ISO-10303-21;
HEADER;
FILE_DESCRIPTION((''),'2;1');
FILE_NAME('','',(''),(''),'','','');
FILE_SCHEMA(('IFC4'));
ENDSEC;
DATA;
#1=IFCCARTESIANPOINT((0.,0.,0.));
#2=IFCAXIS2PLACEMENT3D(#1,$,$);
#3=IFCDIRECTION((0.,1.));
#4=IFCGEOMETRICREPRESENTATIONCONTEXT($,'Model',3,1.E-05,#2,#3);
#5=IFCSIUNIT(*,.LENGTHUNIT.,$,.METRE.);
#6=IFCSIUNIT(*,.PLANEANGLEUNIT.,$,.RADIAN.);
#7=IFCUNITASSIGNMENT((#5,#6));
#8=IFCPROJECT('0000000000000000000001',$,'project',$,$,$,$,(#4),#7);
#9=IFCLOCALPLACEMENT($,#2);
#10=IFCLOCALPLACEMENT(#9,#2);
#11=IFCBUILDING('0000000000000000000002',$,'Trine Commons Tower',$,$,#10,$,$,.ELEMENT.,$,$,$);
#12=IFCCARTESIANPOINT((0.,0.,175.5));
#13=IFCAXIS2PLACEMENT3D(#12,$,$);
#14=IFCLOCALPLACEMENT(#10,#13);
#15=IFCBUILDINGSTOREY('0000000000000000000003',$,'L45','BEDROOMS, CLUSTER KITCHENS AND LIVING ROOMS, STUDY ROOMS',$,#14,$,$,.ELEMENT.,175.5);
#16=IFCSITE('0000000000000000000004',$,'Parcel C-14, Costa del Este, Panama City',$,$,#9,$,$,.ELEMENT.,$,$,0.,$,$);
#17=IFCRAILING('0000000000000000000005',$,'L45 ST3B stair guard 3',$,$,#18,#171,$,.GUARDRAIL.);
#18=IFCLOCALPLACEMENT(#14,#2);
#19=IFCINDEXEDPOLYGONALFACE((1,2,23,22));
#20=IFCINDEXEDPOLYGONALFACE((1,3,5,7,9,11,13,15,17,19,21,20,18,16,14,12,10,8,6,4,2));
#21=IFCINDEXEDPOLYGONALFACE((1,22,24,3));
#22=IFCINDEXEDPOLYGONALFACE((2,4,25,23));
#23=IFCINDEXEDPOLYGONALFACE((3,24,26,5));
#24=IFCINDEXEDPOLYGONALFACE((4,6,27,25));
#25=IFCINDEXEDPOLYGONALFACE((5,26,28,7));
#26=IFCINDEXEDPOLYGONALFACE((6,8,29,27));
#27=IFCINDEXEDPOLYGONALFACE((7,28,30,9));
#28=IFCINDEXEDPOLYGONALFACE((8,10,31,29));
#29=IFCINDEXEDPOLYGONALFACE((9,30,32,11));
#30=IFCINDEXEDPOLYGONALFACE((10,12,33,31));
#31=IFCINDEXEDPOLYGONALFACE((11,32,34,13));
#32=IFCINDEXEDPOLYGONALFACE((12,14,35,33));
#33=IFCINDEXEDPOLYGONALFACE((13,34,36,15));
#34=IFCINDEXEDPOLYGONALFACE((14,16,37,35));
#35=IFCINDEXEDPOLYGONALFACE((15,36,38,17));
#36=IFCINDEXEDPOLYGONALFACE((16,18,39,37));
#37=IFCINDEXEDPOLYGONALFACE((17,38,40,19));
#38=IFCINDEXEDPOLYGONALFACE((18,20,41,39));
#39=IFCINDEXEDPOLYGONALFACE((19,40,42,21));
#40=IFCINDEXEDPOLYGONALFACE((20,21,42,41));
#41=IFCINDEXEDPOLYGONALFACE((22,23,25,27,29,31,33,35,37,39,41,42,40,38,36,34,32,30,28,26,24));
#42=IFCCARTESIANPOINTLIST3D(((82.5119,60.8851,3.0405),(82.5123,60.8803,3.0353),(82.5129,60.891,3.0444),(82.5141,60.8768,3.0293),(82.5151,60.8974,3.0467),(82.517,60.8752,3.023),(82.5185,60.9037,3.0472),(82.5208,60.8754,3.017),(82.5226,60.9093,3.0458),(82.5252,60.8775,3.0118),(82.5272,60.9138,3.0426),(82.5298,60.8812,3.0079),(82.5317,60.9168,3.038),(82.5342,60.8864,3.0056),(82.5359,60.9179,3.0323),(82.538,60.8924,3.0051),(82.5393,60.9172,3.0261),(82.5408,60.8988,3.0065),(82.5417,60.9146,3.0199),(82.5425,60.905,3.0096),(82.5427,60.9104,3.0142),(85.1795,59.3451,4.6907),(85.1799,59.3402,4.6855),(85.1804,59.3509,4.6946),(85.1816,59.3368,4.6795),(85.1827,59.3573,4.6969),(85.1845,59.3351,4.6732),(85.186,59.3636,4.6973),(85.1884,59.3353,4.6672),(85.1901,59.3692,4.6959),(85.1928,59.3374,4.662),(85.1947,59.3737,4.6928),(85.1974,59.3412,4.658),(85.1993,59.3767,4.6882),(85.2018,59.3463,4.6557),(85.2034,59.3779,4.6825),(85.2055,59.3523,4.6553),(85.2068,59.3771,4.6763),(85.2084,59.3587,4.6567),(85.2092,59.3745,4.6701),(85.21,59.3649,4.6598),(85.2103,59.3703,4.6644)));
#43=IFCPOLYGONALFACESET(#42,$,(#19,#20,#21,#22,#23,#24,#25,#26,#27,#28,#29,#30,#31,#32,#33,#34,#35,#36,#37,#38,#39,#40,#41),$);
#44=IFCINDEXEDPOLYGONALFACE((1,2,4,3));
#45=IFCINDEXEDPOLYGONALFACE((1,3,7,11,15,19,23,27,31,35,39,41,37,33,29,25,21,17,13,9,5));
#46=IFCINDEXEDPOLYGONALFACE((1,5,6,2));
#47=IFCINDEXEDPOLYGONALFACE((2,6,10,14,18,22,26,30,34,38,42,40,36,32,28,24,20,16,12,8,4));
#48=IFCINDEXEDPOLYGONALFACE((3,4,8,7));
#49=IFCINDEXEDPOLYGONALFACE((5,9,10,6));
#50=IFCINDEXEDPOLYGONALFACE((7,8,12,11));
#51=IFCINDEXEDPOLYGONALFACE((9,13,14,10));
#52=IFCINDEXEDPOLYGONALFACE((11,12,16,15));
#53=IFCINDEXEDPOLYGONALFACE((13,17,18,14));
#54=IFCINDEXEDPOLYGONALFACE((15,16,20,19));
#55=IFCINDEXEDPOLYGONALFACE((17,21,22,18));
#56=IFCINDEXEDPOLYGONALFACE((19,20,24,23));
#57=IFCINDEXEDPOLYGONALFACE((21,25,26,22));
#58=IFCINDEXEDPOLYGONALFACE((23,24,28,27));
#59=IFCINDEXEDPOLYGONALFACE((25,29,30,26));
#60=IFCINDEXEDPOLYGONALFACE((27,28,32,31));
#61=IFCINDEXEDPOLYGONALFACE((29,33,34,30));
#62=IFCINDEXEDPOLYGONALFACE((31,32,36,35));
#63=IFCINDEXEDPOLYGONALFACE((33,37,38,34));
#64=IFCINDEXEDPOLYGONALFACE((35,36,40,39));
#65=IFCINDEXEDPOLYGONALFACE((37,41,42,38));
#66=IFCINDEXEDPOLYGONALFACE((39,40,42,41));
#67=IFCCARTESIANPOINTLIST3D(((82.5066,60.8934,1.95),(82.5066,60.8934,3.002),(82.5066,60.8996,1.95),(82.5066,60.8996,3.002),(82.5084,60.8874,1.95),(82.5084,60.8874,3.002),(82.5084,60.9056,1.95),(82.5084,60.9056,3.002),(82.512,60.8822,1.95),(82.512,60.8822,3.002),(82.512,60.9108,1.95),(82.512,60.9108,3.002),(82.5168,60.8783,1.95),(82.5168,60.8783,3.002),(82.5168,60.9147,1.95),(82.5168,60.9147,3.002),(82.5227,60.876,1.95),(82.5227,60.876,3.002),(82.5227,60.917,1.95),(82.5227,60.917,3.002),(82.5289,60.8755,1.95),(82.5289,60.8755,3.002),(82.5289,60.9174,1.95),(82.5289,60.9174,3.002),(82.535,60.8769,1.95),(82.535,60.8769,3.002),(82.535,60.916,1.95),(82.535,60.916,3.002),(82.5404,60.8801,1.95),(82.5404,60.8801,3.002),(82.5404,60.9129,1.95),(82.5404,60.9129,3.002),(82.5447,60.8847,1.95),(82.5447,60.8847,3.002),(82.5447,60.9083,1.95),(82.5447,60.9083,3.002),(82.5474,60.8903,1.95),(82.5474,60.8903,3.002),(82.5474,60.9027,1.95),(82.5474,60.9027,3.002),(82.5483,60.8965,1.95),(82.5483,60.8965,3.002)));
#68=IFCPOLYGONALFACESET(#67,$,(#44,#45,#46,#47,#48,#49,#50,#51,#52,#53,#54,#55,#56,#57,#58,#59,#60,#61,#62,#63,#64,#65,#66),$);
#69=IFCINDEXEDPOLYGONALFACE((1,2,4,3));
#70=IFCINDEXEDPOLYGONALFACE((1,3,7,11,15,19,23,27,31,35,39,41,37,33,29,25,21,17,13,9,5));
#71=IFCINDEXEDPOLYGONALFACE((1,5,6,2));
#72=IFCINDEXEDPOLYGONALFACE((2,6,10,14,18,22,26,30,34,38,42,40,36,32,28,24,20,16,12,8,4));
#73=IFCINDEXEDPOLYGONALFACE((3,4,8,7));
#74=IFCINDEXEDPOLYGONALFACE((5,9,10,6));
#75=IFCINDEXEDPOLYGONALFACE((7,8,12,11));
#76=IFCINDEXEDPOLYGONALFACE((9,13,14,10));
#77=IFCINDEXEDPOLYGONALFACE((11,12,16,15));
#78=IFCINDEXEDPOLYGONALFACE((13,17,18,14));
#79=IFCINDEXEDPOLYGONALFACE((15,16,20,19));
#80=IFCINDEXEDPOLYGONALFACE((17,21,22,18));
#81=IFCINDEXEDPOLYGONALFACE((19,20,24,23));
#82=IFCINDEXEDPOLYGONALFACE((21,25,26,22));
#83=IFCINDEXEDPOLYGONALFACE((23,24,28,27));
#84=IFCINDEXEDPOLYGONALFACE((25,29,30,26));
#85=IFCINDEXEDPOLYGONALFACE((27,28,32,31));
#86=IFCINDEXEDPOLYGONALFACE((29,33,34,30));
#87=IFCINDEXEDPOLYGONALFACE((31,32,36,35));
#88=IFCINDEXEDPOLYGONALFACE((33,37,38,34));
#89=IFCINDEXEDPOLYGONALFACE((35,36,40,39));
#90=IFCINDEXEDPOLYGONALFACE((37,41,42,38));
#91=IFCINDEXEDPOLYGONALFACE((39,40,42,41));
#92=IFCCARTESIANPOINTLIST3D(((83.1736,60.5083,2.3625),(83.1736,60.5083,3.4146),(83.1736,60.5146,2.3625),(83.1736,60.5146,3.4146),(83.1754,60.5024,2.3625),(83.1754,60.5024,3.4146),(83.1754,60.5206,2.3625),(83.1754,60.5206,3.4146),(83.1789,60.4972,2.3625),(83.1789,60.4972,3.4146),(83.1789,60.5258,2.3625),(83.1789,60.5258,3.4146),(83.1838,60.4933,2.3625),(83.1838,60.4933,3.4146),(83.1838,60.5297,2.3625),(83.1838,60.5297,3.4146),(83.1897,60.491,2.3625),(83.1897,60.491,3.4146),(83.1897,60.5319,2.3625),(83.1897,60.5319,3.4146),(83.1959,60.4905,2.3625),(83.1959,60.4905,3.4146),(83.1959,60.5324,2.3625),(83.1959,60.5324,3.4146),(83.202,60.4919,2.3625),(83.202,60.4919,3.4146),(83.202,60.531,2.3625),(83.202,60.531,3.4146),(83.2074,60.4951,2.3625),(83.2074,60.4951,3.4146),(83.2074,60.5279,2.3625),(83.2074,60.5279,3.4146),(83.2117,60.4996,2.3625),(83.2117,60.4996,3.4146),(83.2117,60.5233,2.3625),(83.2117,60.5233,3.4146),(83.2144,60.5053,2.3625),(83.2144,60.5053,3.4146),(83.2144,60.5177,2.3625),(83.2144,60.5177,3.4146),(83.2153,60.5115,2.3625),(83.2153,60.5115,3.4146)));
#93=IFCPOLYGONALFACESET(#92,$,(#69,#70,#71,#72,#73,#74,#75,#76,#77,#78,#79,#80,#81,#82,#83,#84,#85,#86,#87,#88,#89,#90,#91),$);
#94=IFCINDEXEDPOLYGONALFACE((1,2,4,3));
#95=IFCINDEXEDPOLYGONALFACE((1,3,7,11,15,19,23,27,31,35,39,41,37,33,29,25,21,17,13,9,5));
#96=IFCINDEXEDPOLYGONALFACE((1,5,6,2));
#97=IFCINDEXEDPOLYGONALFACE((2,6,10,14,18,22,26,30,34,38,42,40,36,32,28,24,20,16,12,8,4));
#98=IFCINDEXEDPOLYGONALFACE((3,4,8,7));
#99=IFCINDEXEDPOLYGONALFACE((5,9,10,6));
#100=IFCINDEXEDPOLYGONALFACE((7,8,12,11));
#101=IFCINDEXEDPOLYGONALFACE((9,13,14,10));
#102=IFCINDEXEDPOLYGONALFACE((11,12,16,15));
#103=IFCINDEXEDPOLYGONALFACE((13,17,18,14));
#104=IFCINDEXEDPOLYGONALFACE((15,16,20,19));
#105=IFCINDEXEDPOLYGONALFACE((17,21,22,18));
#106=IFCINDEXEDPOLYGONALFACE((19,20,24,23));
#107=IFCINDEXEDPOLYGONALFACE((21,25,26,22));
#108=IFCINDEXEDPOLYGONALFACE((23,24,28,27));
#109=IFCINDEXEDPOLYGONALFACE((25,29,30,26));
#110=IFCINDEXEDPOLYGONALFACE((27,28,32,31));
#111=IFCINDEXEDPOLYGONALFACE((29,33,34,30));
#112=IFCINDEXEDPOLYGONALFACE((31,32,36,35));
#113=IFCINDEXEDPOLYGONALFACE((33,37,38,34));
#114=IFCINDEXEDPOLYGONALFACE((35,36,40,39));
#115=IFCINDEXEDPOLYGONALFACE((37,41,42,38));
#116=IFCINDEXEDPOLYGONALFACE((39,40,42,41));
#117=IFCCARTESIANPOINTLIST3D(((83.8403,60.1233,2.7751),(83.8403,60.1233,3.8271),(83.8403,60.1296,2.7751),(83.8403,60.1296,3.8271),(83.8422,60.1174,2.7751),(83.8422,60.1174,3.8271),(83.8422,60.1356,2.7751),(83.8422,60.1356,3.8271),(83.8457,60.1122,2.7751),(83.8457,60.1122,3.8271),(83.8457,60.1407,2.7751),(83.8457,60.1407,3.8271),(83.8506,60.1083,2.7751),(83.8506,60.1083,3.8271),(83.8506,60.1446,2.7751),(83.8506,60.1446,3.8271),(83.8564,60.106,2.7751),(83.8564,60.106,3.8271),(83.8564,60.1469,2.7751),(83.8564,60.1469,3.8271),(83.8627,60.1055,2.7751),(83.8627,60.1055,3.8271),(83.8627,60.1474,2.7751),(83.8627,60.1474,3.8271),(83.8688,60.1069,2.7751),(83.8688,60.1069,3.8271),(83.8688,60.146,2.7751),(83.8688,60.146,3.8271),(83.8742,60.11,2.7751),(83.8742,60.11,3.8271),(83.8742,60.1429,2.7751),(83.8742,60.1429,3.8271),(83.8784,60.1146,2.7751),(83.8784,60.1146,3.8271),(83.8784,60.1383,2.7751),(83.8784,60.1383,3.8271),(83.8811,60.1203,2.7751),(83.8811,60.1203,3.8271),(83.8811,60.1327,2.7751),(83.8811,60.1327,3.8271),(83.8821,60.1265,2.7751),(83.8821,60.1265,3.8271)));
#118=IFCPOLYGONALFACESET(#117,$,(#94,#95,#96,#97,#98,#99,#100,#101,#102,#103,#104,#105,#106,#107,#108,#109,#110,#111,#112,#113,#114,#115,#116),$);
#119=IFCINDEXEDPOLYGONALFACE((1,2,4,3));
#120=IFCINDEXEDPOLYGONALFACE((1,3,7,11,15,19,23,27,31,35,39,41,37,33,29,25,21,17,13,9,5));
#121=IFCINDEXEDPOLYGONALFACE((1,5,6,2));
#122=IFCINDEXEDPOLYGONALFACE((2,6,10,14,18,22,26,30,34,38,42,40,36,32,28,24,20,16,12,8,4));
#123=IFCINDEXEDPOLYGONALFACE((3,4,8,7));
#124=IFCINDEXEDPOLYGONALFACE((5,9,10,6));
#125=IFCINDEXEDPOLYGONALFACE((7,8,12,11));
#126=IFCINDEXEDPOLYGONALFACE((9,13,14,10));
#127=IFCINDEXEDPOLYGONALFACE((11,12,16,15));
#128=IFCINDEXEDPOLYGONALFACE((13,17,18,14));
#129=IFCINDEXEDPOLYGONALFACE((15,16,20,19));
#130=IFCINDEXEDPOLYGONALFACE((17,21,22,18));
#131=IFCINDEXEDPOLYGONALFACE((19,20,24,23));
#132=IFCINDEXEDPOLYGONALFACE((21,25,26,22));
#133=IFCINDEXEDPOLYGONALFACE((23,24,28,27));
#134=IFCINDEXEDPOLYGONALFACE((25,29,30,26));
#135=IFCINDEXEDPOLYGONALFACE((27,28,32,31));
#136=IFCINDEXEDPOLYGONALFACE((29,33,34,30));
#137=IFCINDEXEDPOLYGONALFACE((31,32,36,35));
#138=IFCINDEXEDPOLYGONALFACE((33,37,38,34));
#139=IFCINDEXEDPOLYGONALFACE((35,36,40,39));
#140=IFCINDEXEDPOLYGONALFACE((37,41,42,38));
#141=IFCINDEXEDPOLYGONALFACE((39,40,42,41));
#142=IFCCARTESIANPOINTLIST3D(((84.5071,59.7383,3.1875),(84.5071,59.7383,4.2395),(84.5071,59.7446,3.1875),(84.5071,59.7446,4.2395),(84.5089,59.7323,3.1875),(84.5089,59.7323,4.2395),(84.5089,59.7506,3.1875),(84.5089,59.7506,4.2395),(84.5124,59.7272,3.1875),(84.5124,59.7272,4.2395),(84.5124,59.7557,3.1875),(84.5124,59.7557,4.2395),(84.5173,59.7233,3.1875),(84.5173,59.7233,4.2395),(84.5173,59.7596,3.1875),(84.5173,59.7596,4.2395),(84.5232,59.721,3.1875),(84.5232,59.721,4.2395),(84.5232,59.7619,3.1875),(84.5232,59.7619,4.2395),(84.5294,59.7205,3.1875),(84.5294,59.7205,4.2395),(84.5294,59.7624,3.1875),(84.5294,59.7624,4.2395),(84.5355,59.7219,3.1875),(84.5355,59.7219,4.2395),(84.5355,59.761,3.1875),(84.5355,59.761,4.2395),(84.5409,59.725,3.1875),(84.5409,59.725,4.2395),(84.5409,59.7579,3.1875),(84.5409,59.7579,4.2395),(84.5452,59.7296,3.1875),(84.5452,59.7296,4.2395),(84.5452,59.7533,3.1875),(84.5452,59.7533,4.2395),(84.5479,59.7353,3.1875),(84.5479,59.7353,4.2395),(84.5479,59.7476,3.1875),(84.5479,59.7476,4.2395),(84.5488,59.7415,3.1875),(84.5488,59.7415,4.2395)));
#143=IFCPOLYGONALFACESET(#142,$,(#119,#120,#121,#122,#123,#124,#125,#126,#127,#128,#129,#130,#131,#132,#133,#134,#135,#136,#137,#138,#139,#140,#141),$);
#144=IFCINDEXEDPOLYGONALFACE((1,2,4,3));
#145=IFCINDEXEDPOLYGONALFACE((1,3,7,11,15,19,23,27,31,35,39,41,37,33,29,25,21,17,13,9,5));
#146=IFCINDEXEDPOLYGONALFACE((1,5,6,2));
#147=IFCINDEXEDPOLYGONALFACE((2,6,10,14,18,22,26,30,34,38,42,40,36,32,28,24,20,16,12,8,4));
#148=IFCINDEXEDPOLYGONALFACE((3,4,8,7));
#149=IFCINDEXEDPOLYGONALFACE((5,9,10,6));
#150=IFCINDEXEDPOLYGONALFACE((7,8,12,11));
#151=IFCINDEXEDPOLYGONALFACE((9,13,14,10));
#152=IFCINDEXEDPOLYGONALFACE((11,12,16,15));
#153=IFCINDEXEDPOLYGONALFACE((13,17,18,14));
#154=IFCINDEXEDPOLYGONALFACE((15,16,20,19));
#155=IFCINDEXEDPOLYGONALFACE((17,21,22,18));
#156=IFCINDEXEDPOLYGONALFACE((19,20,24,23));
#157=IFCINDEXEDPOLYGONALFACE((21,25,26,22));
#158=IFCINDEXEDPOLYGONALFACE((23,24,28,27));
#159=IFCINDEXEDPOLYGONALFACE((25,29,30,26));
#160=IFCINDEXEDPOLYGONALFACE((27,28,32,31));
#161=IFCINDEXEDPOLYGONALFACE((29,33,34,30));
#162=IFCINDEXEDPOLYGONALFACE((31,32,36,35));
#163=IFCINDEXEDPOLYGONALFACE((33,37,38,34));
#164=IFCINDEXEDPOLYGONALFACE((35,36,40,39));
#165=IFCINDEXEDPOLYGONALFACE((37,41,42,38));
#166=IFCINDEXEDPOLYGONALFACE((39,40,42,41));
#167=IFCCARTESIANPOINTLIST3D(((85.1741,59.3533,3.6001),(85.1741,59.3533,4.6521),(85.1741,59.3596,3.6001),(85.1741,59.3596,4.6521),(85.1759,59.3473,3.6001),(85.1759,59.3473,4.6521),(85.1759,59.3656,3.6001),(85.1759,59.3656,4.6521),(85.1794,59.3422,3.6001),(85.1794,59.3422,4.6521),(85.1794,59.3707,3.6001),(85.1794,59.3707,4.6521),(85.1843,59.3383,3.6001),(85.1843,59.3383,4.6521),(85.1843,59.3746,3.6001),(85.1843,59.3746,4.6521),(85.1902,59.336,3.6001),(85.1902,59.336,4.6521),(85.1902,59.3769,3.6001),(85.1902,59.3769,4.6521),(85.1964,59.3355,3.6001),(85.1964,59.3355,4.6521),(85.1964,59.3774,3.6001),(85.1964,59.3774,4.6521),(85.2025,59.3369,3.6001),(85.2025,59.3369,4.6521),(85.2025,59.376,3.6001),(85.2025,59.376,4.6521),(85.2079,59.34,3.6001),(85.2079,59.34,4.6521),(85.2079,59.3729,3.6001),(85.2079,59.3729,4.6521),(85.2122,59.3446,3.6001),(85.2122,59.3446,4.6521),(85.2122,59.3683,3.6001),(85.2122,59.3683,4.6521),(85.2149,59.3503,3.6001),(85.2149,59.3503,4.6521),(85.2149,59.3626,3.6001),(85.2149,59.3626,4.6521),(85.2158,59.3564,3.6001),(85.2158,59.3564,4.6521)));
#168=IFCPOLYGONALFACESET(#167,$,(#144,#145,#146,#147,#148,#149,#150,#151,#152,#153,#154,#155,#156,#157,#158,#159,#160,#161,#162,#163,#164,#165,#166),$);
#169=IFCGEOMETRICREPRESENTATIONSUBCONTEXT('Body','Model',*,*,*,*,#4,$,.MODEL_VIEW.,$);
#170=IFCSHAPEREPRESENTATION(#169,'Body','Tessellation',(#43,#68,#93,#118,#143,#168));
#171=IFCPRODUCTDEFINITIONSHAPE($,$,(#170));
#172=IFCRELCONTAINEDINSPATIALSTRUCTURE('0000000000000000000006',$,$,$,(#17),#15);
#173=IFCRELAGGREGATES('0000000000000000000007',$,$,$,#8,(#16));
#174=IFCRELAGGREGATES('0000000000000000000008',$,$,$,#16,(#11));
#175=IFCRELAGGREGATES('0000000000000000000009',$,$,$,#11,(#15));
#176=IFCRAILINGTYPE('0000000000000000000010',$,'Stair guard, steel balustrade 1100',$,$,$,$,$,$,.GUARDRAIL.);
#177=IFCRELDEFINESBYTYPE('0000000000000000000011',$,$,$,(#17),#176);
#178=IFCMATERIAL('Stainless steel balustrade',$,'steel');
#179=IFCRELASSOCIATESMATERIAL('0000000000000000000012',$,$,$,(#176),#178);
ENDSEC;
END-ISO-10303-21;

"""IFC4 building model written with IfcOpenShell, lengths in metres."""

from ifc_helpers import new_model, si_unit, direction, frame, origin, origin_2d, place, context, subcontext, project, spatial, circle, extrude, material, type_object, element, save


model = new_model("IFC4")

# Units and contexts
model_context = context("Model", 3, precision=1e-05, world=origin(), true_north=direction((0.0, 1.0)))
body_context = subcontext(model_context, "Body", "Model", "MODEL_VIEW")
ifc_project = project(units=[si_unit("LENGTHUNIT", "METRE"), si_unit("PLANEANGLEUNIT", "RADIAN")], contexts=[model_context])

# Site, building, storey
site_placement = place(None, origin())
site = spatial("IfcSite", under=ifc_project, at=site_placement, Name="Parcel C-14, Costa del Este, Panama City", CompositionType="ELEMENT", RefElevation=0.0)
building_placement = place(site_placement, origin())
building = spatial("IfcBuilding", under=site, at=building_placement, Name="Trine Commons Tower", CompositionType="ELEMENT")
storey_placement = place(building_placement, frame((0.0, 0.0, 175.5)))
storey = spatial("IfcBuildingStorey", under=building, at=storey_placement, Name="L45", Description="BEDROOMS, CLUSTER KITCHENS AND LIVING ROOMS, STUDY ROOMS", CompositionType="ELEMENT", Elevation=175.5)

# Railing
ifc_material_1 = material(Name="Stainless steel balustrade", Category="steel")
railing_type_1 = type_object("IfcRailingType", Name="Stair guard, steel balustrade 1100", PredefinedType="GUARDRAIL", material=ifc_material_1)
railing_1_placement = place(storey_placement, frame((82.5273, 60.8965, 1.95)))
element("IfcRailing", 1, at=railing_1_placement, inside=storey, type_object=railing_type_1, Name="L45 ST3B stair guard 3", PredefinedType="GUARDRAIL", context=body_context, shape_type="SweptSolid", body=[
    extrude(circle(Radius=0.0239, at=origin_2d()), frame((0.0, 0.0, 1.0762), z_axis=(0.76338, -0.440728, 0.472239), x_axis=(0.499992, 0.86603, 0.0)), (0.0, 0.0, 1.0), 3.4944),
    extrude(circle(Radius=0.021, at=origin_2d()), origin(), (0.0, 0.0, 1.0), 1.052),
    extrude(circle(Radius=0.021, at=origin_2d()), frame((0.667, -0.385, 0.4126)), (0.0, 0.0, 1.0), 1.052),
    extrude(circle(Radius=0.021, at=origin_2d()), frame((1.3337, -0.77, 0.8252)), (0.0, 0.0, 1.0), 1.052),
    extrude(circle(Radius=0.021, at=origin_2d()), frame((2.0005, -1.155, 1.2375)), (0.0, 0.0, 1.0), 1.052),
    extrude(circle(Radius=0.021, at=origin_2d()), frame((2.6675, -1.54, 1.6501)), (0.0, 0.0, 1.0), 1.052),
])

save(model, "model.ifc")
